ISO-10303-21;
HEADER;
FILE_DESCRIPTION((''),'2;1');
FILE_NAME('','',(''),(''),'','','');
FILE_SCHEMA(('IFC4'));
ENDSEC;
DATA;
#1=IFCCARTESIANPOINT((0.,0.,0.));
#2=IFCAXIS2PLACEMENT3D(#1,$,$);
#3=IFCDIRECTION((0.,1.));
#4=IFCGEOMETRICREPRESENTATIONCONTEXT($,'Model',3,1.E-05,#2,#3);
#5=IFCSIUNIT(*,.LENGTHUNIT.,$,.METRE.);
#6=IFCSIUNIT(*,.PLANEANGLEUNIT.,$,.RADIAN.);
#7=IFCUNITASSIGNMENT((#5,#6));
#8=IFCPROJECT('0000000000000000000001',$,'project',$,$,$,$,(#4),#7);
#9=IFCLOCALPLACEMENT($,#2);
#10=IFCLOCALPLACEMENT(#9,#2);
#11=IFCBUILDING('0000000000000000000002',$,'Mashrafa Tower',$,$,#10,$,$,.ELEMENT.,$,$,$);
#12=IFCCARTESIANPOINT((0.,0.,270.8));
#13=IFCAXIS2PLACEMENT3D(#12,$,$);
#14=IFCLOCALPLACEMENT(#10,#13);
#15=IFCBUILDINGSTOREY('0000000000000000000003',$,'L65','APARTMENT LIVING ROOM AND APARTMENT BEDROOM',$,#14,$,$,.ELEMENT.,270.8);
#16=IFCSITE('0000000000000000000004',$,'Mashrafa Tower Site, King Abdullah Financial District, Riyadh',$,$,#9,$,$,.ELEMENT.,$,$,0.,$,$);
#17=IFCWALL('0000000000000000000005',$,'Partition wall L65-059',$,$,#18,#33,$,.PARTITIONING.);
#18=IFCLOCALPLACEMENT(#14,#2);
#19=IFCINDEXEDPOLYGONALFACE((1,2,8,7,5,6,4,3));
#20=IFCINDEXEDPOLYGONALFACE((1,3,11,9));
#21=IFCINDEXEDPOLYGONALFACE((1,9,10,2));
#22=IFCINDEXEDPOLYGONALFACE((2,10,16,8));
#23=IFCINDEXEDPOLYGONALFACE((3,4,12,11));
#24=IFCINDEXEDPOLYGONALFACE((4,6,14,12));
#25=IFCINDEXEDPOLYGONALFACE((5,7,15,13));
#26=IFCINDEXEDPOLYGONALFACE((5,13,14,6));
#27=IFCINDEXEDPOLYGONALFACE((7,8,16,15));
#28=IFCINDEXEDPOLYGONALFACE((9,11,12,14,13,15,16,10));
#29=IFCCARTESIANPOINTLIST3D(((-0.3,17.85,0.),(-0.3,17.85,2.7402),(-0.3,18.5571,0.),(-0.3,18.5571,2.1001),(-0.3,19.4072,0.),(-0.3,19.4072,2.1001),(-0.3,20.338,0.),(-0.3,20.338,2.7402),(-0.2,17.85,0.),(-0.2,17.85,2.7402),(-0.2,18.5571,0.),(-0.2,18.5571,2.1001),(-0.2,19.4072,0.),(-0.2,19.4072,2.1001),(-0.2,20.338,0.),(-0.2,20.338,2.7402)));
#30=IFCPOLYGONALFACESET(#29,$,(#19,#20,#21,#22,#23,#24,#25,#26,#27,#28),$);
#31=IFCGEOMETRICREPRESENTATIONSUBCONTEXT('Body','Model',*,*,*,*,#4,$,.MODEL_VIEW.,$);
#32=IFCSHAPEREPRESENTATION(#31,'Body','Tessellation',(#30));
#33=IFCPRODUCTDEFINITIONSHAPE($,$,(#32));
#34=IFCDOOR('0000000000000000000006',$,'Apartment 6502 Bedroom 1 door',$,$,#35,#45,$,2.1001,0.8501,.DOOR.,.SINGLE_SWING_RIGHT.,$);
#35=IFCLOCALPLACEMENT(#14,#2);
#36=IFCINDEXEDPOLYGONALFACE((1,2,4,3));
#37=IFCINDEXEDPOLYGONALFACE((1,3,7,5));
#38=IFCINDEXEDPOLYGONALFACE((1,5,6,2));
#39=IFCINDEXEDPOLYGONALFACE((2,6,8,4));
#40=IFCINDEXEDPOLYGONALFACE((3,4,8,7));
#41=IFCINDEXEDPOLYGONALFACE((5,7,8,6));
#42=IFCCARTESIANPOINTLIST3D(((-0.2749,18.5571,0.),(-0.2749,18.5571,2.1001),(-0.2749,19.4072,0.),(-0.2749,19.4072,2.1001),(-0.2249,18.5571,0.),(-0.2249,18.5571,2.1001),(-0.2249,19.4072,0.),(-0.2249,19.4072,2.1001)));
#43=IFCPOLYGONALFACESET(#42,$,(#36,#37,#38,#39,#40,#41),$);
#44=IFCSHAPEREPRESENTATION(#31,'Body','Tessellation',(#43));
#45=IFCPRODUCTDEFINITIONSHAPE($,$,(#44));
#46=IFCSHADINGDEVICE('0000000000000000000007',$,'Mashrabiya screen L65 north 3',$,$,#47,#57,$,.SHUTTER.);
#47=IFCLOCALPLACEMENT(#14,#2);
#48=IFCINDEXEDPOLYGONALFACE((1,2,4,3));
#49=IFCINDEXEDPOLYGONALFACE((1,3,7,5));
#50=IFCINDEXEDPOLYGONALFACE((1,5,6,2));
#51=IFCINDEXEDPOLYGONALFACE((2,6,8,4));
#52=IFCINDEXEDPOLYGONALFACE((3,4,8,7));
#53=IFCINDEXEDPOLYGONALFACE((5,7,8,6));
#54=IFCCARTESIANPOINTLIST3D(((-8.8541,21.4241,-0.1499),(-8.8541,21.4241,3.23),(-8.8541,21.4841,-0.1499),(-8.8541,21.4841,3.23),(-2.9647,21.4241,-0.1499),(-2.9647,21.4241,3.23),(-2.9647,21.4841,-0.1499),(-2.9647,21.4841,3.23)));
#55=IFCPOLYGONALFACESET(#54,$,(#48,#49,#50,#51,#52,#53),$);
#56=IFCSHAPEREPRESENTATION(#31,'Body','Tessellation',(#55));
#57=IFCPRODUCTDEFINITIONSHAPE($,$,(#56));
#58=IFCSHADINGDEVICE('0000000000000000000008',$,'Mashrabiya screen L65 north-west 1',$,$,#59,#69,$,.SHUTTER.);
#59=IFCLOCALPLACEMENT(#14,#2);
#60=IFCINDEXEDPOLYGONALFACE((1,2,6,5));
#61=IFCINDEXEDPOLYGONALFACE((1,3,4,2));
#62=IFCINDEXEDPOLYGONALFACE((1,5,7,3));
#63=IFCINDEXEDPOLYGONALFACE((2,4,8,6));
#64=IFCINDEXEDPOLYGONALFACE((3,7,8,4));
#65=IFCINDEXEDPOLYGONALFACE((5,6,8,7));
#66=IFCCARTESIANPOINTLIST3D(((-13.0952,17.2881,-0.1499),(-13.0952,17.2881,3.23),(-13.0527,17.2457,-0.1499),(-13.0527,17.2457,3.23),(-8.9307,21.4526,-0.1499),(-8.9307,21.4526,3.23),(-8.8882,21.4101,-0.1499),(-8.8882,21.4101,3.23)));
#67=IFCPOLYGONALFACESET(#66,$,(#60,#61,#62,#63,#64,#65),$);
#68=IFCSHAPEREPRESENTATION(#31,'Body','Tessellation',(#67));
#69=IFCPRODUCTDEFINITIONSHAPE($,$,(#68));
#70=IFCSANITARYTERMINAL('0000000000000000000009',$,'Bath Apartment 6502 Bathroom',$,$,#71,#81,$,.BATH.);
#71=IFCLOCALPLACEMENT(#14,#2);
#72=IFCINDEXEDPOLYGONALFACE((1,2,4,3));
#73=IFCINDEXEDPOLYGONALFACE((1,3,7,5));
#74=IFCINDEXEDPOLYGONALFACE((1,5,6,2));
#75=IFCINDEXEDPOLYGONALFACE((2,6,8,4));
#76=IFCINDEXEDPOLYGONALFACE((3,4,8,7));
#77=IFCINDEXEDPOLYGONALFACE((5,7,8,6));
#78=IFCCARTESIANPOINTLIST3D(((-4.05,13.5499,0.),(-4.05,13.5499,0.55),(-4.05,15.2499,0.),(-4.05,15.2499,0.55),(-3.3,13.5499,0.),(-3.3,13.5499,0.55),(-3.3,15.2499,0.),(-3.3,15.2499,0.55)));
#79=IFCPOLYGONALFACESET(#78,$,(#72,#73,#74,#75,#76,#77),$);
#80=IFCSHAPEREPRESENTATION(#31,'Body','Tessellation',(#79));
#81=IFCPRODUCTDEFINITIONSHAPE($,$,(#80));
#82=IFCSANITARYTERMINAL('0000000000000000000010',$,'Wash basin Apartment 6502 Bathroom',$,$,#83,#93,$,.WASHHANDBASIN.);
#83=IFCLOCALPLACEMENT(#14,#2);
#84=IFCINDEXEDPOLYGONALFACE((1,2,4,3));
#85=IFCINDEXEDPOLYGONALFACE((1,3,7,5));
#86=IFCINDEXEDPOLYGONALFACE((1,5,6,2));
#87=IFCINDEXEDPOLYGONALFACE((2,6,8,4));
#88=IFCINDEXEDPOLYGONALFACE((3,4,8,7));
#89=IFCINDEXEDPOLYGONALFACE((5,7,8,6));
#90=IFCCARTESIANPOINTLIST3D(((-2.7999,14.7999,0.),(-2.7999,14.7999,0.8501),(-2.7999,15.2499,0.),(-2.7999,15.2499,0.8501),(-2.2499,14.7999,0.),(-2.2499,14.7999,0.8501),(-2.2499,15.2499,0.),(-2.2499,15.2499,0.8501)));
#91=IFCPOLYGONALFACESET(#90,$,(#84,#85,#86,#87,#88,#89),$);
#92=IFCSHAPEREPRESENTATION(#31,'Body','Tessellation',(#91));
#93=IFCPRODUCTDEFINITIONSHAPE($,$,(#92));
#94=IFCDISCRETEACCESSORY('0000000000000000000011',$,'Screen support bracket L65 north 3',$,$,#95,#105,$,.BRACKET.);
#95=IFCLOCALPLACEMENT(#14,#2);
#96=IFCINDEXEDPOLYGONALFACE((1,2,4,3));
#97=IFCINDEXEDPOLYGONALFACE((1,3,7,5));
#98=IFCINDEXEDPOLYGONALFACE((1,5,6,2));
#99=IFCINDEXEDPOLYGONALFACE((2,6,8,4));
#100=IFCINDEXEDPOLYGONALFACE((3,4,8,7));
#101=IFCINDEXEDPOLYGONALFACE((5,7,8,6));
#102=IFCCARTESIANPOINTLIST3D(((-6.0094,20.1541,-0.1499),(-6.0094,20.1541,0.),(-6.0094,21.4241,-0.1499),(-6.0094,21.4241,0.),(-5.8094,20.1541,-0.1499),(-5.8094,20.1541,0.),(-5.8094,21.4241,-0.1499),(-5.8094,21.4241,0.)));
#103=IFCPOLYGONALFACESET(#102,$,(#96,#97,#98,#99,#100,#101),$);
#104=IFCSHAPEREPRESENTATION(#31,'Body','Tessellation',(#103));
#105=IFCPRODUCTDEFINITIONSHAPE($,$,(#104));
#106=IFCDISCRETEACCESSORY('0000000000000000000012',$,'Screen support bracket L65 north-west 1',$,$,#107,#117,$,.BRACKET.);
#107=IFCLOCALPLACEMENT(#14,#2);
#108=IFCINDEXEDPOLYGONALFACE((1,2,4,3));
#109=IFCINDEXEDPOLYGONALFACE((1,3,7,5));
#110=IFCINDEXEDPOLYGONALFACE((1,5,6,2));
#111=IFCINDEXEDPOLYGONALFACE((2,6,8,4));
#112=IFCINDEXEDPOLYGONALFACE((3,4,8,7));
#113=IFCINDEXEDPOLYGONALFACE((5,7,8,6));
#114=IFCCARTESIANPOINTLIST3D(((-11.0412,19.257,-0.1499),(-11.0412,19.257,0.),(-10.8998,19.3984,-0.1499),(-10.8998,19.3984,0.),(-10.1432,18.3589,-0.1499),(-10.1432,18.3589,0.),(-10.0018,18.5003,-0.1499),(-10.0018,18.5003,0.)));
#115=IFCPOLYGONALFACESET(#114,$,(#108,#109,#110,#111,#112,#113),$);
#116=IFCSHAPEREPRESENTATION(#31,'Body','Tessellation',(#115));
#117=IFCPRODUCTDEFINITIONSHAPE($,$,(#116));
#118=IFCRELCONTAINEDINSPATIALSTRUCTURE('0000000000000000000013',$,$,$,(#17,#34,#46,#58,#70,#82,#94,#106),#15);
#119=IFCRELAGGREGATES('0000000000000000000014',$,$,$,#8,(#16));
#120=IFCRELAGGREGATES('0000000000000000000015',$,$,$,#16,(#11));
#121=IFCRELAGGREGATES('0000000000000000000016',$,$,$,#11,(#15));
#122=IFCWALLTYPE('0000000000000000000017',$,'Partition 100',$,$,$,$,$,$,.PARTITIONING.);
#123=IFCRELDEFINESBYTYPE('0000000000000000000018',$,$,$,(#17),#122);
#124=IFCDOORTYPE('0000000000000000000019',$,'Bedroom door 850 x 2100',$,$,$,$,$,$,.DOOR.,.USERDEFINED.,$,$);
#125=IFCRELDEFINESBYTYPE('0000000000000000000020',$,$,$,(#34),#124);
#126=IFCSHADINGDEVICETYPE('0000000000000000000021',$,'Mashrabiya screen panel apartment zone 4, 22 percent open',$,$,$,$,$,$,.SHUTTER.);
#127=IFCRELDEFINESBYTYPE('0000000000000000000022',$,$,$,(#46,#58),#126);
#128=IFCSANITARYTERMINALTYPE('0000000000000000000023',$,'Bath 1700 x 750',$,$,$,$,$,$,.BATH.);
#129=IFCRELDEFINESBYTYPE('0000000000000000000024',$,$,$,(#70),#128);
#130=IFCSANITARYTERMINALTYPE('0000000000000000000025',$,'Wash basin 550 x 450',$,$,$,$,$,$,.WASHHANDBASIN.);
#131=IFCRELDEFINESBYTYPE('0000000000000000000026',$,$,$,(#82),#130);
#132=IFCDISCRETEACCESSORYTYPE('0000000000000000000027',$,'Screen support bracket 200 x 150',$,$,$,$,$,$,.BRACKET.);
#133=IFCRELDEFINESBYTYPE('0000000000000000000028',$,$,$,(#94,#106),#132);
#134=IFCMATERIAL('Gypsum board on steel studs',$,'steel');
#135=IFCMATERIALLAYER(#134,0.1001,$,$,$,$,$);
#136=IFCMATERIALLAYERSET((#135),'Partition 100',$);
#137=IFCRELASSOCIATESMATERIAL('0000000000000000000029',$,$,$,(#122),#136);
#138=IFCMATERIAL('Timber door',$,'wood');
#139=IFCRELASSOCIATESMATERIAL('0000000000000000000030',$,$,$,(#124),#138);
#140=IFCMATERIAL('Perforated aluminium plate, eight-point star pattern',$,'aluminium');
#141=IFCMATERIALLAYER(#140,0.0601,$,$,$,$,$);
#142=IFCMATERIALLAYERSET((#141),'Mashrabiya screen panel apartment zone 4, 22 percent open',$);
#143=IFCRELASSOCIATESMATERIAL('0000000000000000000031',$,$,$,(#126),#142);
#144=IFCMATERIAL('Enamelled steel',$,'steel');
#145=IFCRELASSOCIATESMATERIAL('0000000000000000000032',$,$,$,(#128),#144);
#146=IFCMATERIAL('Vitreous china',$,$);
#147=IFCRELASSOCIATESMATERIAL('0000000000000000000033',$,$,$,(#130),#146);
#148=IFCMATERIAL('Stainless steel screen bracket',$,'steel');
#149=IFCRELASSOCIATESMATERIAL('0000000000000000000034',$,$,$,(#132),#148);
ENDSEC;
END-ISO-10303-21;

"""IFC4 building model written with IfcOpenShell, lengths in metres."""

from ifc_helpers import new_model, si_unit, direction, frame, frame_2d, origin, origin_2d, place, context, subcontext, project, spatial, rectangle, extrude, source, transform, mapped, material, layer, layer_set, type_object, type_shapes, element, fill, save


model = new_model("IFC4")

# Units and contexts
model_context = context("Model", 3, precision=1e-05, world=origin(), true_north=direction((0.0, 1.0)))
body_context = subcontext(model_context, "Body", "Model", "MODEL_VIEW")
ifc_project = project(units=[si_unit("LENGTHUNIT", "METRE"), si_unit("PLANEANGLEUNIT", "RADIAN")], contexts=[model_context])

# Site, building, storey
site_placement = place(None, origin())
site = spatial("IfcSite", under=ifc_project, at=site_placement, Name="Mashrafa Tower Site, King Abdullah Financial District, Riyadh", CompositionType="ELEMENT", RefElevation=0.0)
building_placement = place(site_placement, origin())
building = spatial("IfcBuilding", under=site, at=building_placement, Name="Mashrafa Tower", CompositionType="ELEMENT")
storey_placement = place(building_placement, frame((0.0, 0.0, 270.8)))
storey = spatial("IfcBuildingStorey", under=building, at=storey_placement, Name="L65", Description="APARTMENT LIVING ROOM AND APARTMENT BEDROOM", CompositionType="ELEMENT", Elevation=270.8)

# Shared definitions
ifc_material_1 = material(Name="Gypsum board on steel studs", Category="steel")
ifc_layer_1 = layer(ifc_material_1, 0.1001)
ifc_layer_set_1 = layer_set([ifc_layer_1], Name="Partition 100")
wall_type = type_object("IfcWallType", Name="Partition 100", PredefinedType="PARTITIONING", material=ifc_layer_set_1)

# Wall, opening, door
wall_1_placement = place(storey_placement, frame((-0.25, 20.3381, 0.0), z_axis=(0.0, 0.0, 1.0), x_axis=(0.0, -1.0, 0.0)))
wall_1 = element("IfcWall", 1, at=wall_1_placement, inside=storey, type_object=wall_type, Name="Partition wall L65-059", PredefinedType="PARTITIONING", context=body_context, shape_type="SweptSolid", body=[
    extrude(rectangle(XDim=2.488, YDim=0.1001, at=frame_2d((1.2441, 0.0))), origin(), (0.0, 0.0, 1.0), 2.7402),
])
opening_placement = place(wall_1_placement, frame((0.9309, 0.0, 0.0)))
opening = element("IfcOpeningElement", 2, at=opening_placement, cuts=wall_1, PredefinedType="OPENING", context=body_context, shape_type="SweptSolid", body=[
    extrude(rectangle(XDim=0.8501, YDim=2.1001, at=frame_2d((0.425, 1.05))), frame((0.0, 0.0601, 0.0), z_axis=(0.0, -1.0, 0.0), x_axis=(1.0, 0.0, 0.0)), (0.0, 0.0, 1.0), 0.1201),
])
ifc_material_2 = material(Name="Timber door", Category="wood")
door_type = type_object("IfcDoorType", Name="Bedroom door 850 x 2100", OperationType="USERDEFINED", PredefinedType="DOOR", material=ifc_material_2)
door_placement = place(opening_placement, frame((0.8501, 0.0, 0.0), z_axis=(0.0, 0.0, 1.0), x_axis=(-1.0, 0.0, 0.0)))
door = element("IfcDoor", 3, at=door_placement, inside=storey, type_object=door_type, Name="Apartment 6502 Bedroom 1 door", OperationType="SINGLE_SWING_RIGHT", OverallHeight=2.1001, OverallWidth=0.8501, PredefinedType="DOOR", context=body_context, shape_type="SweptSolid", body=[
    extrude(rectangle(XDim=0.8501, YDim=2.1001, at=frame_2d((0.425, 1.05))), frame((0.0, 0.0249, 0.0), z_axis=(0.0, -1.0, 0.0), x_axis=(1.0, 0.0, 0.0)), (0.0, 0.0, 1.0), 0.05),
])
fill(opening, door)

# Shading devices
ifc_material_3 = material(Name="Perforated aluminium plate, eight-point star pattern", Category="aluminium")
ifc_layer_2 = layer(ifc_material_3, 0.0601)
ifc_layer_set_2 = layer_set([ifc_layer_2], Name="Mashrabiya screen panel apartment zone 4, 22 percent open")
shading_device_type = type_object("IfcShadingDeviceType", Name="Mashrabiya screen panel apartment zone 4, 22 percent open", PredefinedType="SHUTTER", material=ifc_layer_set_2)
shared_shape_1 = source(origin(), body_context, "Body", "SweptSolid", [
    extrude(rectangle(XDim=5.8894, YDim=0.0601, at=origin_2d()), origin(), (0.0, 0.0, 1.0), 3.3799),
])
type_shapes(shading_device_type, [shared_shape_1])
for number, where, z_axis, x_axis, name in (
    (4, (-5.9094, 21.4541, -0.1499), (0.0, 0.0, 1.0), (-1.0, 0.0, 0.0), "Mashrabiya screen L65 north 3"),
    (5, (-10.9917, 19.3491, -0.1499), (0.0, 0.0, 1.0), (-0.707107, -0.707107, 0.0), "Mashrabiya screen L65 north-west 1"),
):
    element("IfcShadingDevice", number, at=place(storey_placement, frame(where, z_axis=z_axis, x_axis=x_axis)), inside=storey, type_object=shading_device_type, Name=name, PredefinedType="SHUTTER", context=body_context, shape_type="MappedRepresentation", body=[
        mapped(shared_shape_1, transform((0.0, 0.0, 0.0))),
    ])

# Sanitary terminals
ifc_material_4 = material(Name="Enamelled steel", Category="steel")
sanitary_terminal_type_1 = type_object("IfcSanitaryTerminalType", Name="Bath 1700 x 750", PredefinedType="BATH", material=ifc_material_4)
sanitary_terminal_1_placement = place(storey_placement, frame((-3.675, 14.3999, 0.0), z_axis=(0.0, 0.0, 1.0), x_axis=(0.0, -1.0, 0.0)))
element("IfcSanitaryTerminal", 6, at=sanitary_terminal_1_placement, inside=storey, type_object=sanitary_terminal_type_1, Name="Bath Apartment 6502 Bathroom", PredefinedType="BATH", context=body_context, shape_type="SweptSolid", body=[
    extrude(rectangle(XDim=1.7, YDim=0.75, at=origin_2d()), origin(), (0.0, 0.0, 1.0), 0.55),
])
ifc_material_5 = material(Name="Vitreous china")
sanitary_terminal_type_2 = type_object("IfcSanitaryTerminalType", Name="Wash basin 550 x 450", PredefinedType="WASHHANDBASIN", material=ifc_material_5)
sanitary_terminal_2_placement = place(storey_placement, frame((-2.5249, 15.0249, 0.0), z_axis=(0.0, 0.0, 1.0), x_axis=(-1.0, 0.0, 0.0)))
element("IfcSanitaryTerminal", 7, at=sanitary_terminal_2_placement, inside=storey, type_object=sanitary_terminal_type_2, Name="Wash basin Apartment 6502 Bathroom", PredefinedType="WASHHANDBASIN", context=body_context, shape_type="SweptSolid", body=[
    extrude(rectangle(XDim=0.55, YDim=0.45, at=origin_2d()), origin(), (0.0, 0.0, 1.0), 0.8501),
])

# Discrete accessories
ifc_material_6 = material(Name="Stainless steel screen bracket", Category="steel")
discrete_accessory_type = type_object("IfcDiscreteAccessoryType", Name="Screen support bracket 200 x 150", PredefinedType="BRACKET", material=ifc_material_6)
shared_shape_2 = source(origin(), body_context, "Body", "SweptSolid", [
    extrude(rectangle(XDim=0.2, YDim=1.27, at=origin_2d()), origin(), (0.0, 0.0, 1.0), 0.1499),
])
type_shapes(discrete_accessory_type, [shared_shape_2])
for number, where, z_axis, x_axis, name in (
    (8, (-5.9094, 20.7891, -0.1499), (0.0, 0.0, 1.0), (-1.0, 0.0, 0.0), "Screen support bracket L65 north 3"),
    (9, (-10.5215, 18.8787, -0.1499), (0.0, 0.0, 1.0), (-0.707107, -0.707107, 0.0), "Screen support bracket L65 north-west 1"),
):
    element("IfcDiscreteAccessory", number, at=place(storey_placement, frame(where, z_axis=z_axis, x_axis=x_axis)), inside=storey, type_object=discrete_accessory_type, Name=name, PredefinedType="BRACKET", context=body_context, shape_type="MappedRepresentation", body=[
        mapped(shared_shape_2, transform((0.0, 0.0, 0.0))),
    ])

save(model, "model.ifc")
